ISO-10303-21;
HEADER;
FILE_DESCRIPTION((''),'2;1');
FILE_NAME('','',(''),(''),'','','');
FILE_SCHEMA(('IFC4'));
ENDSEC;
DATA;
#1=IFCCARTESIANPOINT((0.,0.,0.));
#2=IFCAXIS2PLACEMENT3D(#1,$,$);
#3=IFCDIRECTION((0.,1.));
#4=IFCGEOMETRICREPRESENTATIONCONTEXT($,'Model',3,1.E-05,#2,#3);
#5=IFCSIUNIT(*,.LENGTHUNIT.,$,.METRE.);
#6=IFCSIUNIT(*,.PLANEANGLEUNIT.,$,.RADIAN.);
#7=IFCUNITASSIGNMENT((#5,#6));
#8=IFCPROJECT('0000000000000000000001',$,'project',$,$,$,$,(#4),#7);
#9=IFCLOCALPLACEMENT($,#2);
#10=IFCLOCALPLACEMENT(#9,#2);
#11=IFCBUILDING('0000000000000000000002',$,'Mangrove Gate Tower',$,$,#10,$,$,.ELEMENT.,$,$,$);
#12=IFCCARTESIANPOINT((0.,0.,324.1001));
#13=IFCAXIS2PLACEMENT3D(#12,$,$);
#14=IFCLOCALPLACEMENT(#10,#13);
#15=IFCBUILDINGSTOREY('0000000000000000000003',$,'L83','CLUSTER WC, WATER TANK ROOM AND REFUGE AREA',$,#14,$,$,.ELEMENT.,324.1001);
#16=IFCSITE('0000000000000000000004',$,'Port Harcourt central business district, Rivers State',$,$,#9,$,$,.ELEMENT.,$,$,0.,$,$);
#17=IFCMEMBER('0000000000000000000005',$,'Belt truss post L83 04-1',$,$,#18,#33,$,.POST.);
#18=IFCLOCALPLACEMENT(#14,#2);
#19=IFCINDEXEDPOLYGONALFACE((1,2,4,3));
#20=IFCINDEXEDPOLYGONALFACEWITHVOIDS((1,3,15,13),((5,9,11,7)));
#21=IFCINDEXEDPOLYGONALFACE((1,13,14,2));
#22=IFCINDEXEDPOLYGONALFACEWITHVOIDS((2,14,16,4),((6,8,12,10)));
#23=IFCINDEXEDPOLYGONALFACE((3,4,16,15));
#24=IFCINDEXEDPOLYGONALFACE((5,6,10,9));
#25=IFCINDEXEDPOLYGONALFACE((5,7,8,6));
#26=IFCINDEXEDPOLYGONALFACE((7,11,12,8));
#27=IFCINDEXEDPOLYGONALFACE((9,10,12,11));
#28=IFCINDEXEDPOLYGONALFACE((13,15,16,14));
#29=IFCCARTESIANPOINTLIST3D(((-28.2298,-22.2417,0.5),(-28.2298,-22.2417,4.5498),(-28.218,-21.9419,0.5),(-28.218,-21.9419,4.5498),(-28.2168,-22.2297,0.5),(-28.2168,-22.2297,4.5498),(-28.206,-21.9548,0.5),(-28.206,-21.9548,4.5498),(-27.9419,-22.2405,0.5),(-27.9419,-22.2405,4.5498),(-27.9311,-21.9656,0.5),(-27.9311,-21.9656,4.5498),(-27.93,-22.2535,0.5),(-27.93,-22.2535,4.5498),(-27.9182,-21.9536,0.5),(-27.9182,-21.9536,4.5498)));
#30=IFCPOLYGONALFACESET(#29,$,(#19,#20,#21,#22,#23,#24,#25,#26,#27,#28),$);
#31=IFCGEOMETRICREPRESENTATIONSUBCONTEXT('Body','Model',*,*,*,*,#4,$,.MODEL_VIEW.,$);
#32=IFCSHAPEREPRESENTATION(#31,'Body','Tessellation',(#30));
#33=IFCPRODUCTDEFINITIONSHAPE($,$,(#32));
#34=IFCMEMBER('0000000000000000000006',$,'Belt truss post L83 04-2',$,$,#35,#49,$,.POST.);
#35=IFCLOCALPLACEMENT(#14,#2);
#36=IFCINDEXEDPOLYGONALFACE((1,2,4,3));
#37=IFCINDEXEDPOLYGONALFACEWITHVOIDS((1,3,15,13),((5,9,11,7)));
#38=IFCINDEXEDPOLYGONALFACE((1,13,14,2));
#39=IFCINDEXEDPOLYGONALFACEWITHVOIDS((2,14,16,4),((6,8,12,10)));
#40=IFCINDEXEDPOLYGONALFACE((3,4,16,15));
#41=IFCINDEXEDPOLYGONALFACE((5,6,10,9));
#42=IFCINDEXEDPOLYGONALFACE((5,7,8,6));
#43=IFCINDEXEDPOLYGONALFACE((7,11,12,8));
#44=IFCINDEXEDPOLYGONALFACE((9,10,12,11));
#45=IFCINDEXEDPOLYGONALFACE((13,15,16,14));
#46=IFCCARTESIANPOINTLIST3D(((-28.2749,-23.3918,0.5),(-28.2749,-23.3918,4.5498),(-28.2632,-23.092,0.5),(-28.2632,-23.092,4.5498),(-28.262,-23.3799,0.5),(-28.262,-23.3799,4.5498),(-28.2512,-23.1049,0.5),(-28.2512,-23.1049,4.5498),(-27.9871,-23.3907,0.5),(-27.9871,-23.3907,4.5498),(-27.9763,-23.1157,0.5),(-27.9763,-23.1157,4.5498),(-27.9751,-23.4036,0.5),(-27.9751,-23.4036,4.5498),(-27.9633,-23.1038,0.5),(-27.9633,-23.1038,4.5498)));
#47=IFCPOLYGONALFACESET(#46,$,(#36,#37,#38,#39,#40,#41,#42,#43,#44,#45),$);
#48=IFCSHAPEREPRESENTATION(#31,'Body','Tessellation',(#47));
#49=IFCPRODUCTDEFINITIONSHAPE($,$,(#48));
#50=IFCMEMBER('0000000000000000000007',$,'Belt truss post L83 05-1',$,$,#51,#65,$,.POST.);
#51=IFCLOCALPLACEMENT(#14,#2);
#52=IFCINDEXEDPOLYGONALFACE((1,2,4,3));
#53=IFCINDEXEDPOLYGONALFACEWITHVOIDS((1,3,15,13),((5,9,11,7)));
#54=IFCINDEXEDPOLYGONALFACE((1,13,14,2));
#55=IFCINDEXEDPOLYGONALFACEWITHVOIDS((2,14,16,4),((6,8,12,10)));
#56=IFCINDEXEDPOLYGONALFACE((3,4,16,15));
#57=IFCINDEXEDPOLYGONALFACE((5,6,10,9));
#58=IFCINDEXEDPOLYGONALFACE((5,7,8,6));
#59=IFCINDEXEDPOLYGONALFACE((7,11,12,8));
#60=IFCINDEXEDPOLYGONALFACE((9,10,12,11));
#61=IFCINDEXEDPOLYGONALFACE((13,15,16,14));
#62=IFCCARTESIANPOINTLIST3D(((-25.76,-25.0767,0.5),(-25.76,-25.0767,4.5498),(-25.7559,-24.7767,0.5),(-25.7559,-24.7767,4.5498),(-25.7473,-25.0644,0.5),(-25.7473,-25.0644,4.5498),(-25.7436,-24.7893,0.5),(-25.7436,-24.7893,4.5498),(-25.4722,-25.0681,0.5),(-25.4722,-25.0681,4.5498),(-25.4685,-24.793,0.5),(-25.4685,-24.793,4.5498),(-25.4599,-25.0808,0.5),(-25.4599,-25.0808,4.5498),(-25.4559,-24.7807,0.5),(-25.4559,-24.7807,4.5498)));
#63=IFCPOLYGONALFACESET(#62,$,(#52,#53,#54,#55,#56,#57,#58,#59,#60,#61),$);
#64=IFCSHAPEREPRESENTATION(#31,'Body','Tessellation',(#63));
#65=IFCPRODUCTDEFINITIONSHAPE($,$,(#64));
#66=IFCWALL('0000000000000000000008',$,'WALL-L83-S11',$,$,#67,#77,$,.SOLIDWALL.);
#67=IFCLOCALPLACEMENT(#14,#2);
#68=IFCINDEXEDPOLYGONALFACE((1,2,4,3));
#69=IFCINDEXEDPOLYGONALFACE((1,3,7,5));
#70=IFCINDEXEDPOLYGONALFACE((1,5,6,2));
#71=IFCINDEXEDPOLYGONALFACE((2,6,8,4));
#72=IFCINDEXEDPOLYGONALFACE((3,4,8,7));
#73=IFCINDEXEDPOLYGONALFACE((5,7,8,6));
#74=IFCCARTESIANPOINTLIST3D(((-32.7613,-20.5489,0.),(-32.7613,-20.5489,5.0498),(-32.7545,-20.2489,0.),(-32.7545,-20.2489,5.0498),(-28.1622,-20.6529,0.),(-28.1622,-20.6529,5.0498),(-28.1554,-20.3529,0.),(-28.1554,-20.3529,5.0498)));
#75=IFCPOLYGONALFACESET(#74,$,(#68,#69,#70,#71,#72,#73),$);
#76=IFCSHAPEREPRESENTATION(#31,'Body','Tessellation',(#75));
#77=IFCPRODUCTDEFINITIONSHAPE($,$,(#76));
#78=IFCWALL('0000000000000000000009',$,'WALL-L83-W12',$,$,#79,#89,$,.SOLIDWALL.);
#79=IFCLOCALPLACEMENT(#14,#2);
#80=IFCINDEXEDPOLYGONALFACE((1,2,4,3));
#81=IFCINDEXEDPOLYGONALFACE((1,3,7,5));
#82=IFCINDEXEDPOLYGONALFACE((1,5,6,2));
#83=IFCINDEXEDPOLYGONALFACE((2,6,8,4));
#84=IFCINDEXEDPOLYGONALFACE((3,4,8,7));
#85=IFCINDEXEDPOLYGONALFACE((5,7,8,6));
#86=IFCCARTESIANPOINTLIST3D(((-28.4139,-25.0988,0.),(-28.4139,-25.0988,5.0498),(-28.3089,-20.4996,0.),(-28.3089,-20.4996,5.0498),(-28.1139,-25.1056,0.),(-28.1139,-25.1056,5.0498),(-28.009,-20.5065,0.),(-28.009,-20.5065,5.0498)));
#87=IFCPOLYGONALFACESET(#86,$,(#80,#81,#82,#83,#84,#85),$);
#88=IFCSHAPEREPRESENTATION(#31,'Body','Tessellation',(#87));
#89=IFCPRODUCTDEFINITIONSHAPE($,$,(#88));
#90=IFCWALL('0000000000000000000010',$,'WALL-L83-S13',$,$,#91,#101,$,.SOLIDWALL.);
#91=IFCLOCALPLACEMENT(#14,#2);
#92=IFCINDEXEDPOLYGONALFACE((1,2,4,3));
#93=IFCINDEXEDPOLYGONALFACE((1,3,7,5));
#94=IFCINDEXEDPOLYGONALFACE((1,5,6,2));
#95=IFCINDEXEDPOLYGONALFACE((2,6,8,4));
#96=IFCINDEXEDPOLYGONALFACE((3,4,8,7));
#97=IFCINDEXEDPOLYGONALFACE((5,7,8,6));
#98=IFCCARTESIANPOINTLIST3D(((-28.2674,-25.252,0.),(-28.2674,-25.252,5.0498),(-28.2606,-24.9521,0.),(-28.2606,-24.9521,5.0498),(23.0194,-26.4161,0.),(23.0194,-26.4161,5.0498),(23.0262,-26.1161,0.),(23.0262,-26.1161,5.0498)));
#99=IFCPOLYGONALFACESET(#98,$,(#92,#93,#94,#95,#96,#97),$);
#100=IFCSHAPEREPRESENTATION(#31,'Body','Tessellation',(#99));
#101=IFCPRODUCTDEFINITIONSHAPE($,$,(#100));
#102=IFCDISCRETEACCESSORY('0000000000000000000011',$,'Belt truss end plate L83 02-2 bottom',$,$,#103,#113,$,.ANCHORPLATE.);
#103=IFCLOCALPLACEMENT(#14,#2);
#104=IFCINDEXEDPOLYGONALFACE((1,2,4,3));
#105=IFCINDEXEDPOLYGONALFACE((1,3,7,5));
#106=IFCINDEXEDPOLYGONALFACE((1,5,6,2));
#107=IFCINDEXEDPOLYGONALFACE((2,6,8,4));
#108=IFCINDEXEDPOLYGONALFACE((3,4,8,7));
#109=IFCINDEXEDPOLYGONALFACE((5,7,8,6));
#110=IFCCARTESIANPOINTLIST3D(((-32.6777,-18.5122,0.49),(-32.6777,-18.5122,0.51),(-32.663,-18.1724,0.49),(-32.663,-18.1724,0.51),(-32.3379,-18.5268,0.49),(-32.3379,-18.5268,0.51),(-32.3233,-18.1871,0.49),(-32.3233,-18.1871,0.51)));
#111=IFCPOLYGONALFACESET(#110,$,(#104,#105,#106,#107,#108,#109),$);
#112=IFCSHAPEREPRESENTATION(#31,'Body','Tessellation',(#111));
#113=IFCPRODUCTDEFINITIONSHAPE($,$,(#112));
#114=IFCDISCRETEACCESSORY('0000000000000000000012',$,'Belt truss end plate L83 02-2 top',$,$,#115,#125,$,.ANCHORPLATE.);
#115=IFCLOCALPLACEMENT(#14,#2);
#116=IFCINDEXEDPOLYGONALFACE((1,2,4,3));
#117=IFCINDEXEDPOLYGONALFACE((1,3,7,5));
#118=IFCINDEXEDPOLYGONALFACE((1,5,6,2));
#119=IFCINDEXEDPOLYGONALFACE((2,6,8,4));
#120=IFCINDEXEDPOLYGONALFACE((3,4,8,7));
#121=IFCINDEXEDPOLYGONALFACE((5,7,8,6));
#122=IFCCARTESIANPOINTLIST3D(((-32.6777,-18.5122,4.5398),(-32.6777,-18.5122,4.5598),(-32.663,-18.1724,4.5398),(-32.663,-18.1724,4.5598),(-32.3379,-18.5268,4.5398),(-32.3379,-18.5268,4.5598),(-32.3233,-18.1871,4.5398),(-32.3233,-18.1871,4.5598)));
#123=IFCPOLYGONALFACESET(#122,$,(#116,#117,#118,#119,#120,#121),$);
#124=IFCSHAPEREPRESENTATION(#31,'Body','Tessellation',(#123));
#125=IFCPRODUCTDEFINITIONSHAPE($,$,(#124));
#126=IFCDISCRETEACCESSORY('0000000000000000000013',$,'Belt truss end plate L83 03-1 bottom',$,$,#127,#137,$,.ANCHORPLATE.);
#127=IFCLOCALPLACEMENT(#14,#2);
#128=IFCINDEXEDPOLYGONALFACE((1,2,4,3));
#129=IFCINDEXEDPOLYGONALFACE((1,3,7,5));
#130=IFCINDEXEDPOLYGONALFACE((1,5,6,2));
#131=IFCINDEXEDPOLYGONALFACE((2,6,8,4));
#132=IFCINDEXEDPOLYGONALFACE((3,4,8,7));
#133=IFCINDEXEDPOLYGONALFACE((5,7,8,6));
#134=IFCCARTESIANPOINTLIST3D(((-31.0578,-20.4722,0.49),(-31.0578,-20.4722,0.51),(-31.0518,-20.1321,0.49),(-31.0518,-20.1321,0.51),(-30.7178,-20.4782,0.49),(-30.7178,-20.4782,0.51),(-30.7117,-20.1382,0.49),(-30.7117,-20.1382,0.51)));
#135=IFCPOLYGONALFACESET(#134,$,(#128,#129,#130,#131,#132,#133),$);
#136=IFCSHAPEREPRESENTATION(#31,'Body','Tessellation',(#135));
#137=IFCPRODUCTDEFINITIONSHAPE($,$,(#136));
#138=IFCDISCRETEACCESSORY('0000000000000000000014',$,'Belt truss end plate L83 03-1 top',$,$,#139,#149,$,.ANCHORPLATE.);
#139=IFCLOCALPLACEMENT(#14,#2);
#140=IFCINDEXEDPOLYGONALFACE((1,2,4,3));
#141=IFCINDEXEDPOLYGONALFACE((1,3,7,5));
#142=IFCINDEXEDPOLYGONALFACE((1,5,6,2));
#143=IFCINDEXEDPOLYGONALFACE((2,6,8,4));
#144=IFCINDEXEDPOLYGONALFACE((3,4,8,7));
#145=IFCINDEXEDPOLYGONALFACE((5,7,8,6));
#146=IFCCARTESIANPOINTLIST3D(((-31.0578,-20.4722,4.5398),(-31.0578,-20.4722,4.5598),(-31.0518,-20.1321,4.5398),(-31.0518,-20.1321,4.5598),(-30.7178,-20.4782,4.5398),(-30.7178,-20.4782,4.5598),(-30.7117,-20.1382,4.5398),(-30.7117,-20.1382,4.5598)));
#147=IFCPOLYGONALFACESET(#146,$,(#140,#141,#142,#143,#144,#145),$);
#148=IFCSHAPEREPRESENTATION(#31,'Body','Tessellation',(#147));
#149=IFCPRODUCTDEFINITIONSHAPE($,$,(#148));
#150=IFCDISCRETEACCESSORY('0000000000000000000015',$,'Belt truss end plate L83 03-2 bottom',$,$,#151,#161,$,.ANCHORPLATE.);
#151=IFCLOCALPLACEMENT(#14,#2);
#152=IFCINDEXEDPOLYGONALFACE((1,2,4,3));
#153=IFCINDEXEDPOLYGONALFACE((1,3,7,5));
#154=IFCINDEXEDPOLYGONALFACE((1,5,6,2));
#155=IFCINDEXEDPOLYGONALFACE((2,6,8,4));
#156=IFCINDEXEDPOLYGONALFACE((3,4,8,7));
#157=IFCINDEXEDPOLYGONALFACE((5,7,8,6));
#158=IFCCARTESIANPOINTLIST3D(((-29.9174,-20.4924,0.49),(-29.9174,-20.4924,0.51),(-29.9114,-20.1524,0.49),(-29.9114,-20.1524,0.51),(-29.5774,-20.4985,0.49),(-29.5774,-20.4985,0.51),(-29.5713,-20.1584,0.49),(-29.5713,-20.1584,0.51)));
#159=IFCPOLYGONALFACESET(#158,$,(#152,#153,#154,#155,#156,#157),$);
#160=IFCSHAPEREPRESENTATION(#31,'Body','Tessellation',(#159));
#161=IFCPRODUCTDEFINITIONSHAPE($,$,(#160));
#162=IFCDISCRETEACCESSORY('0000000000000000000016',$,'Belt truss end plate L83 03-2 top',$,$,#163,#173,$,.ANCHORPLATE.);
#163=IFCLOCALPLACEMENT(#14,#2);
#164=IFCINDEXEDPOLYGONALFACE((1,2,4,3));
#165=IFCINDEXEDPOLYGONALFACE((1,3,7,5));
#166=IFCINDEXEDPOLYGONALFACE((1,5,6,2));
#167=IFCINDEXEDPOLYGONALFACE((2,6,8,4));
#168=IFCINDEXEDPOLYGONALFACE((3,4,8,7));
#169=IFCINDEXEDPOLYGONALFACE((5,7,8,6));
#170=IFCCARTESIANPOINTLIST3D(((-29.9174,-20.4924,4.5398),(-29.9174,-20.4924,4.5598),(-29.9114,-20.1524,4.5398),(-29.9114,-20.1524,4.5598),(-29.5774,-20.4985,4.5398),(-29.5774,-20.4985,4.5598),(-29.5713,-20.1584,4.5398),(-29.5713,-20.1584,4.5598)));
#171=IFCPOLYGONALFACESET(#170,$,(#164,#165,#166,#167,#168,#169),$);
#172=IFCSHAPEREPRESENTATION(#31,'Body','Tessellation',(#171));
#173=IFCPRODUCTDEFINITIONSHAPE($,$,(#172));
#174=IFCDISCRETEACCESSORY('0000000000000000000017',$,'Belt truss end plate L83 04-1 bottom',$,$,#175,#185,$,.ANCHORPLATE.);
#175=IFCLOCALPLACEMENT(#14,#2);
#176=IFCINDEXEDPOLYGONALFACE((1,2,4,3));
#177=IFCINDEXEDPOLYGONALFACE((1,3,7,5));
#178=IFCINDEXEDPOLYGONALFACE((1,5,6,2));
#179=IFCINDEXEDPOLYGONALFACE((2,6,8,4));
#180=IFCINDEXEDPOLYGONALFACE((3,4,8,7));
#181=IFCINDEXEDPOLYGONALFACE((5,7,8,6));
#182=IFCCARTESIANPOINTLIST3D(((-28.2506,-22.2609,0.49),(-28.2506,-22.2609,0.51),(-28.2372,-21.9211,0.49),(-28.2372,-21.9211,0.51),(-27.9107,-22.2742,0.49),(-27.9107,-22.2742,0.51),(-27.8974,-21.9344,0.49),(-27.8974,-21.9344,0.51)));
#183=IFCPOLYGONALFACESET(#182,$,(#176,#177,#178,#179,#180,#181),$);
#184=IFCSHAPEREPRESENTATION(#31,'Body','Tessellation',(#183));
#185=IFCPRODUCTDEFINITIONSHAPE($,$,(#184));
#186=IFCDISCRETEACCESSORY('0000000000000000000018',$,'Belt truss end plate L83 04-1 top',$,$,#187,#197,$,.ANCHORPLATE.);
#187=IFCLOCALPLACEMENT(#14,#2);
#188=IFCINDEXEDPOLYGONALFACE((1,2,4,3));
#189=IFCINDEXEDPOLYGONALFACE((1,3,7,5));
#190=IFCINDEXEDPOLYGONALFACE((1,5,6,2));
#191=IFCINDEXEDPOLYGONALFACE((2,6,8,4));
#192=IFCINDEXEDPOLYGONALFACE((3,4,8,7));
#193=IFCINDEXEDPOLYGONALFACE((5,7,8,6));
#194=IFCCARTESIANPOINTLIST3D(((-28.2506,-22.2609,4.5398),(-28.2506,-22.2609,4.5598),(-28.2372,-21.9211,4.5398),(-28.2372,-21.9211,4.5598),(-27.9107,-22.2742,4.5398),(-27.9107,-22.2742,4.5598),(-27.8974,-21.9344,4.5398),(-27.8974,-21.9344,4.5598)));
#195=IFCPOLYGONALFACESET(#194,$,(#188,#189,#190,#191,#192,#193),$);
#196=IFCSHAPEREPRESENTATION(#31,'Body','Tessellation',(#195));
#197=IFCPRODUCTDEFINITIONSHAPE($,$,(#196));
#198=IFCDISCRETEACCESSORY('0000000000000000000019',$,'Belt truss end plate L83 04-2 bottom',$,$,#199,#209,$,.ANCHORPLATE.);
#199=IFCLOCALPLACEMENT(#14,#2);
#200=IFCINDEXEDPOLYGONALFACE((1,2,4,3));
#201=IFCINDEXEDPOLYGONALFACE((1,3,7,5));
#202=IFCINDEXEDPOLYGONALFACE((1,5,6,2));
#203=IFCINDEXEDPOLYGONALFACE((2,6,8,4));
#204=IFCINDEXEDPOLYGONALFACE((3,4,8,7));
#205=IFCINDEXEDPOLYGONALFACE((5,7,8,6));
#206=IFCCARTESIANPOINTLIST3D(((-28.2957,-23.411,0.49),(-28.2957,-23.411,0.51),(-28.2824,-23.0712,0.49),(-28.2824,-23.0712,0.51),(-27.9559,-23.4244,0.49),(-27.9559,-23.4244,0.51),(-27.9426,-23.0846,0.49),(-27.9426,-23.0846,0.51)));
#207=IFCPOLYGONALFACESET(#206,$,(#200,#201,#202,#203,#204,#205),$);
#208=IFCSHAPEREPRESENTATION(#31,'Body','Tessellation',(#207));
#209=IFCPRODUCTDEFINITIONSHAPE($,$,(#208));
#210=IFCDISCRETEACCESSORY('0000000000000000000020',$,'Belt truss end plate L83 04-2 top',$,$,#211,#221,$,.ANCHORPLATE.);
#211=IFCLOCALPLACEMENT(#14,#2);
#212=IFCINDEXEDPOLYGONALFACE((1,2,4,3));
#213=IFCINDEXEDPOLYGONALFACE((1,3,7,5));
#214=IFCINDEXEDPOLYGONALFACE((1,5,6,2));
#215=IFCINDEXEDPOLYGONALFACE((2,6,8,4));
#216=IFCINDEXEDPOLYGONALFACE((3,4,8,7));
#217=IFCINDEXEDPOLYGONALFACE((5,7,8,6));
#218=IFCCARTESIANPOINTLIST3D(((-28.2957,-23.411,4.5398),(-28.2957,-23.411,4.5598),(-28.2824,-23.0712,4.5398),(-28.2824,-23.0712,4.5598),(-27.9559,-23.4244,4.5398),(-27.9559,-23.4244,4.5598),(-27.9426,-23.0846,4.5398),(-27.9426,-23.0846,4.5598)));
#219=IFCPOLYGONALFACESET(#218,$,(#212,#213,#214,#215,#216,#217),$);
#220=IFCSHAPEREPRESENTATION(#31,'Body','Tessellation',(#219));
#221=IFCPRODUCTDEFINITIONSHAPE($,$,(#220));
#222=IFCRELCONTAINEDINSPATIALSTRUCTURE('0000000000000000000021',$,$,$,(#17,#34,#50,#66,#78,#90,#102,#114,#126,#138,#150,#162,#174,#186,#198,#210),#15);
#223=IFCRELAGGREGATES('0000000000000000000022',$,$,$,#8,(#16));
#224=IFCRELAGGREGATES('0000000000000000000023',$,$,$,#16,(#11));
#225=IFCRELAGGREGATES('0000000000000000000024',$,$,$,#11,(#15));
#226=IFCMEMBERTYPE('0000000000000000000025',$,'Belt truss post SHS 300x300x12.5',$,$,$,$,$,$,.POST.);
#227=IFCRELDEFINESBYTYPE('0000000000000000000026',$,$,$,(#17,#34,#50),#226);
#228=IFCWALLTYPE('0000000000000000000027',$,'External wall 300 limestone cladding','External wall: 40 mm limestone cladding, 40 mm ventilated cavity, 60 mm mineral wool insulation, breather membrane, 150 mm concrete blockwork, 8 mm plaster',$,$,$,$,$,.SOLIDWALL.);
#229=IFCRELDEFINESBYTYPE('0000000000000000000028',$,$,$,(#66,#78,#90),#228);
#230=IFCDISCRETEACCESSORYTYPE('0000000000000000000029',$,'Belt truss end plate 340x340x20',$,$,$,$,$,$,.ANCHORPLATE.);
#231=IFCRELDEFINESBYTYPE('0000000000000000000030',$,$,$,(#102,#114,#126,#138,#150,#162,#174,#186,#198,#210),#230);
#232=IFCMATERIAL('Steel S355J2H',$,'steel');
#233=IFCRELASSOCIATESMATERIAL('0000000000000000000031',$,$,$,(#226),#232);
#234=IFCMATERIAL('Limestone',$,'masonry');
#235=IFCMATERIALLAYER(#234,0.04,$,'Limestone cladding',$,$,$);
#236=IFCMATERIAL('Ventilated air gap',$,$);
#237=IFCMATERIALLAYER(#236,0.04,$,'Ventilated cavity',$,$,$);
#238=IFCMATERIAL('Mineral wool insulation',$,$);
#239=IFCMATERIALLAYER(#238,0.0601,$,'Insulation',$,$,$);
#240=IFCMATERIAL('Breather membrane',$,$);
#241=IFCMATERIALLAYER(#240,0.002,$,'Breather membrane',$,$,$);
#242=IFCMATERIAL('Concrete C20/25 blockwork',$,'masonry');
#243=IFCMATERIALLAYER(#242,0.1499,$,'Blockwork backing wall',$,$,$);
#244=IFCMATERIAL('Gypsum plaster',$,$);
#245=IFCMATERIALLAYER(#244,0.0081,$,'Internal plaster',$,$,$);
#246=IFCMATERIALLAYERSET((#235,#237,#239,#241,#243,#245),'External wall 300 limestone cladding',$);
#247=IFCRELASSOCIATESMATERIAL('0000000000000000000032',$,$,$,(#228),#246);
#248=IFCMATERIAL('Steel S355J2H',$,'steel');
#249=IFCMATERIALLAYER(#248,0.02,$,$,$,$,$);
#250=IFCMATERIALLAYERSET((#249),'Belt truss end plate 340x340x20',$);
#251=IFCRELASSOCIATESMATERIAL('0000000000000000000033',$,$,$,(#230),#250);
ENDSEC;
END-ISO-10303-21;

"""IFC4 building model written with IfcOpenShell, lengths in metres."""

from ifc_helpers import new_model, si_unit, direction, frame, frame_2d, origin, origin_2d, place, context, subcontext, project, spatial, rectangle, hollow_rectangle, extrude, material, layer, layer_set, material_profile, profile_set, type_object, element, save


model = new_model("IFC4")

# Units and contexts
model_context = context("Model", 3, precision=1e-05, world=origin(), true_north=direction((0.0, 1.0)))
body_context = subcontext(model_context, "Body", "Model", "MODEL_VIEW")
ifc_project = project(units=[si_unit("LENGTHUNIT", "METRE"), si_unit("PLANEANGLEUNIT", "RADIAN")], contexts=[model_context])

# Site, building, storey
site_placement = place(None, origin())
site = spatial("IfcSite", under=ifc_project, at=site_placement, Name="Port Harcourt central business district, Rivers State", CompositionType="ELEMENT", RefElevation=0.0)
building_placement = place(site_placement, origin())
building = spatial("IfcBuilding", under=site, at=building_placement, Name="Mangrove Gate Tower", CompositionType="ELEMENT")
storey_placement = place(building_placement, frame((0.0, 0.0, 324.1001)))
storey = spatial("IfcBuildingStorey", under=building, at=storey_placement, Name="L83", Description="CLUSTER WC, WATER TANK ROOM AND REFUGE AREA", CompositionType="ELEMENT", Elevation=324.1001)

# Members
ifc_material_1 = material(Name="Steel S355J2H", Category="steel")
ifc_material_profile_1 = material_profile(ifc_material_1, hollow_rectangle(XDim=0.3, YDim=0.3, WallThickness=0.0125, at=origin_2d()))
ifc_profile_set_1 = profile_set([ifc_material_profile_1], Name="Steel S355J2H")
member_type_1 = type_object("IfcMemberType", Name="Belt truss post SHS 300x300x12.5", PredefinedType="POST", material=ifc_profile_set_1)
for number, where, z_axis, x_axis, name in (
    (1, (-28.074, -22.0977, 0.5), (0.0, 0.0, 1.0), (-0.039233, -0.99923, 0.0), "Belt truss post L83 04-1"),
    (2, (-28.1191, -23.2478, 0.5), (0.0, 0.0, 1.0), (-0.039233, -0.99923, 0.0), "Belt truss post L83 04-2"),
    (3, (-25.6079, -24.9287, 0.5), (0.0, 0.0, 1.0), (0.999907, -0.013639, 0.0), "Belt truss post L83 05-1"),
):
    element("IfcMember", number, at=place(storey_placement, frame(where, z_axis=z_axis, x_axis=x_axis)), inside=storey, type_object=member_type_1, Name=name, PredefinedType="POST", context=body_context, shape_type="SweptSolid", body=[
        extrude(hollow_rectangle(XDim=0.3, YDim=0.3, WallThickness=0.0125, at=origin_2d()), origin(), (0.0, 0.0, 1.0), 4.0498),
    ])

# Walls
ifc_material_2 = material(Name="Limestone", Category="masonry")
ifc_layer_1 = layer(ifc_material_2, 0.04, Name="Limestone cladding")
ifc_material_3 = material(Name="Ventilated air gap")
ifc_layer_2 = layer(ifc_material_3, 0.04, Name="Ventilated cavity")
ifc_material_4 = material(Name="Mineral wool insulation")
ifc_layer_3 = layer(ifc_material_4, 0.0601, Name="Insulation")
ifc_material_5 = material(Name="Breather membrane")
ifc_layer_4 = layer(ifc_material_5, 0.002, Name="Breather membrane")
ifc_material_6 = material(Name="Concrete C20/25 blockwork", Category="masonry")
ifc_layer_5 = layer(ifc_material_6, 0.1499, Name="Blockwork backing wall")
ifc_material_7 = material(Name="Gypsum plaster")
ifc_layer_6 = layer(ifc_material_7, 0.0081, Name="Internal plaster")
ifc_layer_set_1 = layer_set([ifc_layer_1, ifc_layer_2, ifc_layer_3, ifc_layer_4, ifc_layer_5, ifc_layer_6], Name="External wall 300 limestone cladding")
wall_type = type_object("IfcWallType", Name="External wall 300 limestone cladding", Description="External wall: 40 mm limestone cladding, 40 mm ventilated cavity, 60 mm mineral wool insulation, breather membrane, 150 mm concrete blockwork, 8 mm plaster", PredefinedType="SOLIDWALL", material=ifc_layer_set_1)
for number, where, z_axis, x_axis, name in (
    (4, (-32.7581, -20.3989, 0.0), (0.0, 0.0, 1.0), (0.999744, -0.022608, 0.0), "WALL-L83-S11"),
    (5, (-28.1589, -20.5029, 0.0), (0.0, 0.0, 1.0), (-0.02282, -0.99974, 0.0), "WALL-L83-W12"),
):
    element("IfcWall", number, at=place(storey_placement, frame(where, z_axis=z_axis, x_axis=x_axis)), inside=storey, type_object=wall_type, Name=name, PredefinedType="SOLIDWALL", context=body_context, shape_type="SweptSolid", body=[
        extrude(rectangle(XDim=4.6003, YDim=0.3, at=frame_2d((2.3003, 0.0))), origin(), (0.0, 0.0, 1.0), 5.0498),
    ])
wall_placement = place(storey_placement, frame((-28.2639, -25.1021, 0.0), z_axis=(0.0, 0.0, 1.0), x_axis=(0.999743, -0.022691, 0.0)))
element("IfcWall", 6, at=wall_placement, inside=storey, type_object=wall_type, Name="WALL-L83-S13", PredefinedType="SOLIDWALL", context=body_context, shape_type="SweptSolid", body=[
    extrude(rectangle(XDim=51.3, YDim=0.3, at=frame_2d((25.6499, 0.0))), origin(), (0.0, 0.0, 1.0), 5.0498),
])

# Discrete accessories
ifc_material_8 = material(Name="Steel S355J2H", Category="steel")
ifc_layer_7 = layer(ifc_material_8, 0.02)
ifc_layer_set_2 = layer_set([ifc_layer_7], Name="Belt truss end plate 340x340x20")
discrete_accessory_type = type_object("IfcDiscreteAccessoryType", Name="Belt truss end plate 340x340x20", PredefinedType="ANCHORPLATE", material=ifc_layer_set_2)
for number, where, z_axis, x_axis, name in (
    (7, (-32.5005, -18.3496, 0.49), (0.0, 0.0, 1.0), (-0.04316, -0.999068, 0.0), "Belt truss end plate L83 02-2 bottom"),
    (8, (-32.5005, -18.3496, 4.5398), (0.0, 0.0, 1.0), (-0.04316, -0.999068, 0.0), "Belt truss end plate L83 02-2 top"),
    (9, (-30.8848, -20.3052, 0.49), (0.0, 0.0, 1.0), (0.999842, -0.017757, 0.0), "Belt truss end plate L83 03-1 bottom"),
    (10, (-30.8848, -20.3052, 4.5398), (0.0, 0.0, 1.0), (0.999842, -0.017757, 0.0), "Belt truss end plate L83 03-1 top"),
    (11, (-29.7444, -20.3254, 0.49), (0.0, 0.0, 1.0), (0.999842, -0.017757, 0.0), "Belt truss end plate L83 03-2 bottom"),
    (12, (-29.7444, -20.3254, 4.5398), (0.0, 0.0, 1.0), (0.999842, -0.017757, 0.0), "Belt truss end plate L83 03-2 top"),
    (13, (-28.074, -22.0977, 0.49), (0.0, 0.0, 1.0), (-0.039233, -0.99923, 0.0), "Belt truss end plate L83 04-1 bottom"),
    (14, (-28.074, -22.0977, 4.5398), (0.0, 0.0, 1.0), (-0.039233, -0.99923, 0.0), "Belt truss end plate L83 04-1 top"),
    (15, (-28.1191, -23.2478, 0.49), (0.0, 0.0, 1.0), (-0.039233, -0.99923, 0.0), "Belt truss end plate L83 04-2 bottom"),
    (16, (-28.1191, -23.2478, 4.5398), (0.0, 0.0, 1.0), (-0.039233, -0.99923, 0.0), "Belt truss end plate L83 04-2 top"),
):
    element("IfcDiscreteAccessory", number, at=place(storey_placement, frame(where, z_axis=z_axis, x_axis=x_axis)), inside=storey, type_object=discrete_accessory_type, Name=name, PredefinedType="ANCHORPLATE", context=body_context, shape_type="SweptSolid", body=[
        extrude(rectangle(XDim=0.3401, YDim=0.3401, at=origin_2d()), origin(), (0.0, 0.0, 1.0), 0.02),
    ])

save(model, "model.ifc")
